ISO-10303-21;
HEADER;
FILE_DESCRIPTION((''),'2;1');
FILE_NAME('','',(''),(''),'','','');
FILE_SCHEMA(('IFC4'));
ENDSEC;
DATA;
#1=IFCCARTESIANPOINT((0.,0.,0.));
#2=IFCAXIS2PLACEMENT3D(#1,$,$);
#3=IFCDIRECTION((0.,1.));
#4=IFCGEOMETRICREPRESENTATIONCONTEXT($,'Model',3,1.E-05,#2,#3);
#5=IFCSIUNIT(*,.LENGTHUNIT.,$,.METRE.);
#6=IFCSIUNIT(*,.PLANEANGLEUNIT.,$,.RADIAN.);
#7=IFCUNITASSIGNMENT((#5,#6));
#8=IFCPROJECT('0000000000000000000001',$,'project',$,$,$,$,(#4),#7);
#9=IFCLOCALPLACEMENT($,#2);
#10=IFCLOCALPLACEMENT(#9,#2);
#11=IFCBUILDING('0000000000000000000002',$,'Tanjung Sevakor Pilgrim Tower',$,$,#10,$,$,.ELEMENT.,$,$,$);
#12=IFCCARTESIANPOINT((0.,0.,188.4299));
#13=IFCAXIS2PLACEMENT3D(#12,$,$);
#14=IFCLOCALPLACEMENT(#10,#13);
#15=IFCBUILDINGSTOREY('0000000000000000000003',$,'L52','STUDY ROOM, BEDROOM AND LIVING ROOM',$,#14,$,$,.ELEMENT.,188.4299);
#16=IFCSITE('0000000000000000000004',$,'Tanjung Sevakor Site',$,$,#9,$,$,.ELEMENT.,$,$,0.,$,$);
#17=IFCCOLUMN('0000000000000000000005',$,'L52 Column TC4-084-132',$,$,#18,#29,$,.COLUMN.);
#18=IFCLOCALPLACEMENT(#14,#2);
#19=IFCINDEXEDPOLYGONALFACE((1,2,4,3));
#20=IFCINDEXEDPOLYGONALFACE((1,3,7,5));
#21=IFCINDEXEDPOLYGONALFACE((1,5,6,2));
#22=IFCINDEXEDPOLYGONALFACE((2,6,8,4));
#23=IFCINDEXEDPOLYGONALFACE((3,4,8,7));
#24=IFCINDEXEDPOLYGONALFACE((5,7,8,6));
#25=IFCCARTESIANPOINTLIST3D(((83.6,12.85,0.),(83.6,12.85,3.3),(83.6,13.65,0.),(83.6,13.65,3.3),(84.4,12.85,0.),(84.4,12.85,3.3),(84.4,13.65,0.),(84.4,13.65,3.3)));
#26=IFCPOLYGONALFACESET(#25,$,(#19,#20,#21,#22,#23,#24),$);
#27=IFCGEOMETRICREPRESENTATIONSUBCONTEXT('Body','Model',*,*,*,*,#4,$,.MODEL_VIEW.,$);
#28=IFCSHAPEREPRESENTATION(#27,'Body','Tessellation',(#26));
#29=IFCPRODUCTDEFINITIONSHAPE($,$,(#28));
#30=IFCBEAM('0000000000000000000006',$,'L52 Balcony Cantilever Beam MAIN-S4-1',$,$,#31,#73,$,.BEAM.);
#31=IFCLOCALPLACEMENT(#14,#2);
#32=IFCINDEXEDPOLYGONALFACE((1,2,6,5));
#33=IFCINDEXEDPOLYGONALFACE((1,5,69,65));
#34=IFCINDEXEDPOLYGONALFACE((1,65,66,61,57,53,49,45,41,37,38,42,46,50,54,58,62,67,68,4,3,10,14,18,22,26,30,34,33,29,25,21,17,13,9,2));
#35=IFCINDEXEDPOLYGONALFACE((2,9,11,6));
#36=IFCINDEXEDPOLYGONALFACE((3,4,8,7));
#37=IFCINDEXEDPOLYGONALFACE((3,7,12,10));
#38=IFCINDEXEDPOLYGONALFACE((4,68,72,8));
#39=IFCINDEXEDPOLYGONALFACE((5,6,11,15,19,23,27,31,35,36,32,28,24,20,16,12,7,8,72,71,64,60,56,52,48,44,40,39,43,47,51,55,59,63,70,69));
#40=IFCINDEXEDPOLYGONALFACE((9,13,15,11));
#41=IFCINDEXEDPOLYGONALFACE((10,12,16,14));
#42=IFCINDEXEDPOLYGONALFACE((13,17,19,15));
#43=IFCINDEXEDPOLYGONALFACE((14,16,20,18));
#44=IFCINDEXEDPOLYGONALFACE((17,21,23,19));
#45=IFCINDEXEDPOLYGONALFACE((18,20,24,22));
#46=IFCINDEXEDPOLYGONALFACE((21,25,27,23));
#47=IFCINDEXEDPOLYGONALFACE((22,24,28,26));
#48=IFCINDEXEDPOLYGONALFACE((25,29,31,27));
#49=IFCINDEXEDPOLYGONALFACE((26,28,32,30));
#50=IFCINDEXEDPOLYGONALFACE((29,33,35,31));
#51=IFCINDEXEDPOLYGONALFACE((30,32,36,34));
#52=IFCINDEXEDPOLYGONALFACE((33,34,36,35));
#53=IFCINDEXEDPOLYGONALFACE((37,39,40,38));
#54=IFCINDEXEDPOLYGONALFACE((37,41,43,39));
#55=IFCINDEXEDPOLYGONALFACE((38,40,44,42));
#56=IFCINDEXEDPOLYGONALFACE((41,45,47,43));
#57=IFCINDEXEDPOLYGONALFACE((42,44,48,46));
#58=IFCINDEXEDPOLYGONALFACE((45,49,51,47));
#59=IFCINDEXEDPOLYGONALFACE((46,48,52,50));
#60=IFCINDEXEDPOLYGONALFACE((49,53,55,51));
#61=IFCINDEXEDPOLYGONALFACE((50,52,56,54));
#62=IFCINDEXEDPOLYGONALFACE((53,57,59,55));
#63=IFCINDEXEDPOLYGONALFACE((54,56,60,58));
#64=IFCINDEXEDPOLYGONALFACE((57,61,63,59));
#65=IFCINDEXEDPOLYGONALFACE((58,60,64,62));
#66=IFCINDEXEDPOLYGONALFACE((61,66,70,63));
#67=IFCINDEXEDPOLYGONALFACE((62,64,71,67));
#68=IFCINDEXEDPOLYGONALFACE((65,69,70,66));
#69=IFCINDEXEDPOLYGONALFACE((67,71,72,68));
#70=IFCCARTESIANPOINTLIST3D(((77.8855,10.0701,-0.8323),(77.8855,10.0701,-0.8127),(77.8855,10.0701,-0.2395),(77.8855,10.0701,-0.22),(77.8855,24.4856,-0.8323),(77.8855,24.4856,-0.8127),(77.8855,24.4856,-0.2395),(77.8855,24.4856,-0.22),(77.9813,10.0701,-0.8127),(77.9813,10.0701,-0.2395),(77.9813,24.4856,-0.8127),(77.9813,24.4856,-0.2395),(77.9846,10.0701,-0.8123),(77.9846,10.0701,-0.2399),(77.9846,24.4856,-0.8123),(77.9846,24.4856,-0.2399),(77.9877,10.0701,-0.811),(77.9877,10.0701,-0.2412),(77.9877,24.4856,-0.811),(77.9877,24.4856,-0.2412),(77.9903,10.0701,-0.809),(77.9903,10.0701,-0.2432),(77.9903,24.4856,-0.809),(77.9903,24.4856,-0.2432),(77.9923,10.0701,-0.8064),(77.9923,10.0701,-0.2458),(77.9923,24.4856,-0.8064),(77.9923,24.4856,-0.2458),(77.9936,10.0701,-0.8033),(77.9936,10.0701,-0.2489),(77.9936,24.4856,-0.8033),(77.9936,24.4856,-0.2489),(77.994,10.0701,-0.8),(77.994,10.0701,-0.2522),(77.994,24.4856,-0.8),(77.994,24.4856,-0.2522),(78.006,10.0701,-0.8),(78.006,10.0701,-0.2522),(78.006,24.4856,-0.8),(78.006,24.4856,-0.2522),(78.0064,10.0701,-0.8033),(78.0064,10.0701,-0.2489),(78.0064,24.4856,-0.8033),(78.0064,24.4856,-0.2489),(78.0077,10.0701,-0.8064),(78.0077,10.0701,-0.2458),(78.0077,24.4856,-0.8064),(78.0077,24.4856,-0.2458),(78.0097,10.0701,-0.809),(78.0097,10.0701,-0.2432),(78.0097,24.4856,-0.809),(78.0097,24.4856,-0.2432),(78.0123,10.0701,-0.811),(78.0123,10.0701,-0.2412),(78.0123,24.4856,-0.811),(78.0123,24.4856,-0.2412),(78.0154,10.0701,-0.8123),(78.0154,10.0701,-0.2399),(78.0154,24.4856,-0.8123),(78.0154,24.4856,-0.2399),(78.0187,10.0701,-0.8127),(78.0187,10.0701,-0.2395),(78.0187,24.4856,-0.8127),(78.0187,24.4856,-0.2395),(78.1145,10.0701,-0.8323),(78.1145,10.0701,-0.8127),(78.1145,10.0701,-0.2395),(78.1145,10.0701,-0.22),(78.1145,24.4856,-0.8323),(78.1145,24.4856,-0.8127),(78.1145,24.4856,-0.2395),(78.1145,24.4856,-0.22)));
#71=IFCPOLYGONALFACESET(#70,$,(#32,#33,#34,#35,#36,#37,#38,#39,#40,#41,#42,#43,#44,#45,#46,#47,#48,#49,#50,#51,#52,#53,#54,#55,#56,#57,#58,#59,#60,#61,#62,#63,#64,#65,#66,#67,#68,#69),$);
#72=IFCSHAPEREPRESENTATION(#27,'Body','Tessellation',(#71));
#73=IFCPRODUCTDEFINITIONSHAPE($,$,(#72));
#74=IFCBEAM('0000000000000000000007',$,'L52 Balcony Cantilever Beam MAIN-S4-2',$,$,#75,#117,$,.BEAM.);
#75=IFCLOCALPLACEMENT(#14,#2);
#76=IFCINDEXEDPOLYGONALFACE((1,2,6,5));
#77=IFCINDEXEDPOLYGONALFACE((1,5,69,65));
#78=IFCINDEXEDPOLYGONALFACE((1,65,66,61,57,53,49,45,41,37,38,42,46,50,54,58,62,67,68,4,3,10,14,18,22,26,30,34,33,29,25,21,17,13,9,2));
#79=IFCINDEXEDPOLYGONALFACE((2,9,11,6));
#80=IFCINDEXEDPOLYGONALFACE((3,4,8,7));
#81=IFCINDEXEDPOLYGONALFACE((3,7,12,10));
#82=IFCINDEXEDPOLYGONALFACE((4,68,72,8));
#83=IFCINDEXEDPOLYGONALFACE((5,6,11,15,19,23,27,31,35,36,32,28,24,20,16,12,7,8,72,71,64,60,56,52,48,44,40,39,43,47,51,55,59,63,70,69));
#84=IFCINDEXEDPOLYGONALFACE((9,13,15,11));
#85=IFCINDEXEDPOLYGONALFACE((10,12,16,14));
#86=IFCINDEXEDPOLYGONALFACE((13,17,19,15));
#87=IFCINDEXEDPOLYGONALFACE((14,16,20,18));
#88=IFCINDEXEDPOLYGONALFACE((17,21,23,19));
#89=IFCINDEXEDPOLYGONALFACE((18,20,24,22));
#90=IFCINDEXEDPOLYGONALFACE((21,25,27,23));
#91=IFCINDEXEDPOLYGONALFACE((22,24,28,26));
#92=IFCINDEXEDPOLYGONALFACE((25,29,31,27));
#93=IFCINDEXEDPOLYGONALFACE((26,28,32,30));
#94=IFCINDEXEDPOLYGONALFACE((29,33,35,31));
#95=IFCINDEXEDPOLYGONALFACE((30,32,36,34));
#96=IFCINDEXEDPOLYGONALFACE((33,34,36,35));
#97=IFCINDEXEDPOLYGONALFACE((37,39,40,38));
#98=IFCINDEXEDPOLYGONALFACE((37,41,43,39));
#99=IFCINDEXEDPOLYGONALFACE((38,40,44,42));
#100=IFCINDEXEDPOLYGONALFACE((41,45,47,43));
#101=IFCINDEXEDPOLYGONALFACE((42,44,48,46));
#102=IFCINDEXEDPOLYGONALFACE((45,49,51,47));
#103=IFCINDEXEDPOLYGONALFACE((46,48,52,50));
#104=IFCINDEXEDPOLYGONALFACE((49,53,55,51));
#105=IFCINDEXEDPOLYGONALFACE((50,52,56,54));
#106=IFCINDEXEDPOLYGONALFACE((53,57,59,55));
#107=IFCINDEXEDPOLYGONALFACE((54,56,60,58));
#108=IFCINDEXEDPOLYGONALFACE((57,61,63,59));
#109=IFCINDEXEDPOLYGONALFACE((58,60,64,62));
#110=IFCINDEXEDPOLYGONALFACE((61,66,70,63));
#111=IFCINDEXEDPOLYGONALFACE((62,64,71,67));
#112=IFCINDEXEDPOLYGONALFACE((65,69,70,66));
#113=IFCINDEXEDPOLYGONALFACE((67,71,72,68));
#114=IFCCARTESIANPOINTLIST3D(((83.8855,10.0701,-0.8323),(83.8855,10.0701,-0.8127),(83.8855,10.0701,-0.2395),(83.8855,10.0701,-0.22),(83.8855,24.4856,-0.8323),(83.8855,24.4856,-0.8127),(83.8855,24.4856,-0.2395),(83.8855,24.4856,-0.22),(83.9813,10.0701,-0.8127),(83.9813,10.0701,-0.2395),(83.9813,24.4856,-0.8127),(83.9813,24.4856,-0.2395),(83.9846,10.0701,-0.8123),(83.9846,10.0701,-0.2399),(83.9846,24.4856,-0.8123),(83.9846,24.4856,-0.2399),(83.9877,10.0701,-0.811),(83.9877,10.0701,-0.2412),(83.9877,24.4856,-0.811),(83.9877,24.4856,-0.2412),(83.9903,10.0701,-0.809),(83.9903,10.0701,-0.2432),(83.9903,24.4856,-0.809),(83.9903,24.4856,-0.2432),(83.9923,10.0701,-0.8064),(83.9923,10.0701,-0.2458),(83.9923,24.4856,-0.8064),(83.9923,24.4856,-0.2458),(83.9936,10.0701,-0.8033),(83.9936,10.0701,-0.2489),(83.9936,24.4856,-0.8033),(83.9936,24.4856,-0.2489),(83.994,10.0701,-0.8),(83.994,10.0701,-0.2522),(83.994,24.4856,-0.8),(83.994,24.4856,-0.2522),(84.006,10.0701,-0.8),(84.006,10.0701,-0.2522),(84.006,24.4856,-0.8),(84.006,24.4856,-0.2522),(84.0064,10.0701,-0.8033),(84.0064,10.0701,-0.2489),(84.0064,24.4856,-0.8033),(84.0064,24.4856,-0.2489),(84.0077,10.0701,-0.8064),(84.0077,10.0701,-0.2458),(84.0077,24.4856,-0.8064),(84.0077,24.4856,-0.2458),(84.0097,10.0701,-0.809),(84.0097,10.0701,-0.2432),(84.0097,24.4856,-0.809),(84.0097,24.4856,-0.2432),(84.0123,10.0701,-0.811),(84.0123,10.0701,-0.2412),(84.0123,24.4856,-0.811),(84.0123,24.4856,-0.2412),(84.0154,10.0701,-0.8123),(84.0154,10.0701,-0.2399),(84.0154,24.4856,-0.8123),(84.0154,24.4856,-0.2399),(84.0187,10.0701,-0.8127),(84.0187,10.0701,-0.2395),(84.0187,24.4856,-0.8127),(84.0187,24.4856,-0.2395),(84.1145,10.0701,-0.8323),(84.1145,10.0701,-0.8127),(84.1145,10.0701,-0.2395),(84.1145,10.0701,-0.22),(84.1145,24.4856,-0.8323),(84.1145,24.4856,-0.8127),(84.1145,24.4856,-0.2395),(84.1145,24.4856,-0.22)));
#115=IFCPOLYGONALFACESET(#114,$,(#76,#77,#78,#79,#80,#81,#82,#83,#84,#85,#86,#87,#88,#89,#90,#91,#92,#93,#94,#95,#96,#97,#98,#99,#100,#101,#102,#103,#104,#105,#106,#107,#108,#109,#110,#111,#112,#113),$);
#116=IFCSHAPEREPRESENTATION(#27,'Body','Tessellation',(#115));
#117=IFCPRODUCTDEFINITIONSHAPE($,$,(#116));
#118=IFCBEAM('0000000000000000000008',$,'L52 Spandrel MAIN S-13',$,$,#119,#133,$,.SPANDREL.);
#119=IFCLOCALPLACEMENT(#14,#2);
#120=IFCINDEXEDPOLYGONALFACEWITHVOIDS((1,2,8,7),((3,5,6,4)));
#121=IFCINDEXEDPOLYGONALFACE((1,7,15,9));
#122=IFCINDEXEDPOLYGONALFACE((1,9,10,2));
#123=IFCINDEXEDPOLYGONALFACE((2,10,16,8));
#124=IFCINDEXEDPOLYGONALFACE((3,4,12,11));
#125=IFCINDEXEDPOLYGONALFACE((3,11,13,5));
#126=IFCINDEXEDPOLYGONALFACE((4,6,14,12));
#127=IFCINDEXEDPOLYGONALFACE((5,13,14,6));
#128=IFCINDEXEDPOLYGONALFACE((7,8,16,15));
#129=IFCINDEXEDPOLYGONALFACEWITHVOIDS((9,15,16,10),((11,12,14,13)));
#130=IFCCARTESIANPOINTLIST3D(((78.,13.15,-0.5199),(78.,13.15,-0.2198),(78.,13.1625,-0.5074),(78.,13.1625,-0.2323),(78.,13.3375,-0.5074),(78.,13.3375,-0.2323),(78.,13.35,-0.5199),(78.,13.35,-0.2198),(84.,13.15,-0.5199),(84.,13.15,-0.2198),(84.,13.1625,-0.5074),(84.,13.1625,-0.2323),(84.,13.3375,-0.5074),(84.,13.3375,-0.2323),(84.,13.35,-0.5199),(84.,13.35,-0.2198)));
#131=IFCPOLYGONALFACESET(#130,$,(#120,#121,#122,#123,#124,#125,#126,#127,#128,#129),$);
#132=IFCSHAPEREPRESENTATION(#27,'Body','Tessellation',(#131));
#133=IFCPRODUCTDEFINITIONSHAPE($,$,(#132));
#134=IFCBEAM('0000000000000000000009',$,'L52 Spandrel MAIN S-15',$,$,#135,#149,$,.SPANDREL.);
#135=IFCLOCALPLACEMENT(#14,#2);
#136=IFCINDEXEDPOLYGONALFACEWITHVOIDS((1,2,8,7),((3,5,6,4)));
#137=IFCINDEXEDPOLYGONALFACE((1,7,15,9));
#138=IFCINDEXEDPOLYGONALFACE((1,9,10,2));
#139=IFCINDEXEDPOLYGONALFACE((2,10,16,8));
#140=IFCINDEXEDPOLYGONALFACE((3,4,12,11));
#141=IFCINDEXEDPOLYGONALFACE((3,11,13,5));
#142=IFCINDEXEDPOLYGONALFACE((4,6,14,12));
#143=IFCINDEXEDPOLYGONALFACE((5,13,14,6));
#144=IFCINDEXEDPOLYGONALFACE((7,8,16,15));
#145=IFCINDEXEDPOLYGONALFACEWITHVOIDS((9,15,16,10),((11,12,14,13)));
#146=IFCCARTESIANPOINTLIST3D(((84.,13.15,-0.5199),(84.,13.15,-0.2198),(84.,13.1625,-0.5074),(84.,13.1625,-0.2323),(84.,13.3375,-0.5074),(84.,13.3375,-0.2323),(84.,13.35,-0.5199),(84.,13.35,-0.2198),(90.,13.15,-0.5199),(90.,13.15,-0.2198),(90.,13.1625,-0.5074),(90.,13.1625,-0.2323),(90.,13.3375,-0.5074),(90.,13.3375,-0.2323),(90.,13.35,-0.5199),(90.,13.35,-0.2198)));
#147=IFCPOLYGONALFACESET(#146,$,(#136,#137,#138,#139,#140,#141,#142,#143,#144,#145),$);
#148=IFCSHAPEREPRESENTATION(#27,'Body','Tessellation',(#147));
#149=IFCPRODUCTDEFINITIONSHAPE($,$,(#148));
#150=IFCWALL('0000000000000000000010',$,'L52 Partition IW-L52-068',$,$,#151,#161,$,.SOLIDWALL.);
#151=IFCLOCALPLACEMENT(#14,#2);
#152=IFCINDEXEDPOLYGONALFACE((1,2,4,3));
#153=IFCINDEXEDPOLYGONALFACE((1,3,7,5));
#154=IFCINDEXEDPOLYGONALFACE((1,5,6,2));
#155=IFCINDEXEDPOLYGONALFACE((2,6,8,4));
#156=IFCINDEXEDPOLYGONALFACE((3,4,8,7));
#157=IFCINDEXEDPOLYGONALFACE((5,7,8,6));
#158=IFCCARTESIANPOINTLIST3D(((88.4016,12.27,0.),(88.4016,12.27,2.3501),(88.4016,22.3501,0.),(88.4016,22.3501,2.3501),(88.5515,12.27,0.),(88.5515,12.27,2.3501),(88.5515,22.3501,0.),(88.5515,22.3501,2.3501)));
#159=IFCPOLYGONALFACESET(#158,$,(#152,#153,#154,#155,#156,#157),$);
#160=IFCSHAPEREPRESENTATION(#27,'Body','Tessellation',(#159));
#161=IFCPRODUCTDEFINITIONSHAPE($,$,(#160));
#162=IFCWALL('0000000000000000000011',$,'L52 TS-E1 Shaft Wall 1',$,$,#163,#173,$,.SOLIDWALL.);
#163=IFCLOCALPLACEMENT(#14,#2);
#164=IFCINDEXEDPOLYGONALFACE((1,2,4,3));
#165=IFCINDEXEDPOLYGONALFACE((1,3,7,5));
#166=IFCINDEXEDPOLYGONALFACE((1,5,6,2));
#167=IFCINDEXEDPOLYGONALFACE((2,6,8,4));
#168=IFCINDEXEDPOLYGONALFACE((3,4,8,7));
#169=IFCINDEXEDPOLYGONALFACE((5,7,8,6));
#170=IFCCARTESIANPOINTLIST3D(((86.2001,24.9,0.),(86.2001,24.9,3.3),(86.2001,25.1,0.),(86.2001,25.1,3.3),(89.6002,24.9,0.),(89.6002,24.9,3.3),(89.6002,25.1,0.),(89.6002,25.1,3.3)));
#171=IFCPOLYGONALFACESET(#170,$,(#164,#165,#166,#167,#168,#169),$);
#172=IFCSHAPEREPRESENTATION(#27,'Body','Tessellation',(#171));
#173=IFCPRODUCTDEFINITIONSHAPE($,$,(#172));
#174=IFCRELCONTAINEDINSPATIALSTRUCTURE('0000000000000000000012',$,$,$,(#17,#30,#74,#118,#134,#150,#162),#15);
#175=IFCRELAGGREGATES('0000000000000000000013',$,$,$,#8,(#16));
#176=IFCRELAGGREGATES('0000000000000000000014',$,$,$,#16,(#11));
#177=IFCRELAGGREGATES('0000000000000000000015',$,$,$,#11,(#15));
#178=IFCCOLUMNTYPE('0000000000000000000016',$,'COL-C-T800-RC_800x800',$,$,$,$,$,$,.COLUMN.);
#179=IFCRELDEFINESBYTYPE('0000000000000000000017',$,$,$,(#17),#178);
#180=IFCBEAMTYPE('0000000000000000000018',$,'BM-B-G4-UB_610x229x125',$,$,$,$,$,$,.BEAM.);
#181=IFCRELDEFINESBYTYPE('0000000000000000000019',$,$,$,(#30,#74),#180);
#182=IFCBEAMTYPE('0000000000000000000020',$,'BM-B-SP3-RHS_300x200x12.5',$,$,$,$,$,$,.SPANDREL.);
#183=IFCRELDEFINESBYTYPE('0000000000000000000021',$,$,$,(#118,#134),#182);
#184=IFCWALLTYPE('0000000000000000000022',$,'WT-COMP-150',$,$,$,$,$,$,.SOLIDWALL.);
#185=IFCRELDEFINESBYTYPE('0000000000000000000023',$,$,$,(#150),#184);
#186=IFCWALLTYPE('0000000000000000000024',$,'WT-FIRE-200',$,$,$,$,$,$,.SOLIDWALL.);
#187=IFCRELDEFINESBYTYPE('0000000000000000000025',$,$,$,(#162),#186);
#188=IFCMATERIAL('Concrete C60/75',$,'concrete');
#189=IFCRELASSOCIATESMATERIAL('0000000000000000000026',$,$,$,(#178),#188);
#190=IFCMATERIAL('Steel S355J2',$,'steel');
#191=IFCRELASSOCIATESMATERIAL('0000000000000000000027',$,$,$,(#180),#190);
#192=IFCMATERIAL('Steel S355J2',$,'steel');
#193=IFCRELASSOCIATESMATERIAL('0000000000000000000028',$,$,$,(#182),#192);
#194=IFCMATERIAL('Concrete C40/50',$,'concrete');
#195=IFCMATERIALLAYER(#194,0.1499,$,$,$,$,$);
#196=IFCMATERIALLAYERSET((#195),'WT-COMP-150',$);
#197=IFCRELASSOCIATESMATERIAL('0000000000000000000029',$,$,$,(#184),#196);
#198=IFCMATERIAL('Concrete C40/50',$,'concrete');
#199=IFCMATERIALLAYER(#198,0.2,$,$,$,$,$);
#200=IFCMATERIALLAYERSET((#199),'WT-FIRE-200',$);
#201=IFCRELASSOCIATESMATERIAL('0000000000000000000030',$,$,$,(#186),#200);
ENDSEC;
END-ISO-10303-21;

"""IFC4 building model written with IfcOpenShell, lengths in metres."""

from ifc_helpers import new_model, si_unit, direction, frame, frame_2d, origin, origin_2d, place, context, subcontext, project, spatial, rectangle, hollow_rectangle, i_section, extrude, material, layer, layer_set, material_profile, profile_set, type_object, element, save


model = new_model("IFC4")

# Units and contexts
model_context = context("Model", 3, precision=1e-05, world=origin(), true_north=direction((0.0, 1.0)))
body_context = subcontext(model_context, "Body", "Model", "MODEL_VIEW")
ifc_project = project(units=[si_unit("LENGTHUNIT", "METRE"), si_unit("PLANEANGLEUNIT", "RADIAN")], contexts=[model_context])

# Site, building, storey
site_placement = place(None, origin())
site = spatial("IfcSite", under=ifc_project, at=site_placement, Name="Tanjung Sevakor Site", CompositionType="ELEMENT", RefElevation=0.0)
building_placement = place(site_placement, origin())
building = spatial("IfcBuilding", under=site, at=building_placement, Name="Tanjung Sevakor Pilgrim Tower", CompositionType="ELEMENT")
storey_placement = place(building_placement, frame((0.0, 0.0, 188.4299)))
storey = spatial("IfcBuildingStorey", under=building, at=storey_placement, Name="L52", Description="STUDY ROOM, BEDROOM AND LIVING ROOM", CompositionType="ELEMENT", Elevation=188.4299)

# Column
ifc_material_1 = material(Name="Concrete C60/75", Category="concrete")
ifc_material_profile_1 = material_profile(ifc_material_1, rectangle(XDim=0.8, YDim=0.8, at=origin_2d()))
ifc_profile_set_1 = profile_set([ifc_material_profile_1], Name="Concrete C60/75")
column_type = type_object("IfcColumnType", Name="COL-C-T800-RC_800x800", PredefinedType="COLUMN", material=ifc_profile_set_1)
column_placement = place(storey_placement, frame((84.0, 13.25, 0.0), z_axis=(0.0, 0.0, 1.0), x_axis=(1.0, 0.0, 0.0)))
element("IfcColumn", 1, at=column_placement, inside=storey, type_object=column_type, Name="L52 Column TC4-084-132", PredefinedType="COLUMN", context=body_context, shape_type="SweptSolid", body=[
    extrude(rectangle(XDim=0.8, YDim=0.8, at=origin_2d()), origin(), (0.0, 0.0, 1.0), 3.3),
])

# Beams
ifc_material_2 = material(Name="Steel S355J2", Category="steel")
ifc_material_profile_2 = material_profile(ifc_material_2, i_section(OverallWidth=0.229, OverallDepth=0.6123, WebThickness=0.012, FlangeThickness=0.0195, FilletRadius=0.0127, at=origin_2d()))
ifc_profile_set_2 = profile_set([ifc_material_profile_2], Name="Steel S355J2")
beam_type_1 = type_object("IfcBeamType", Name="BM-B-G4-UB_610x229x125", PredefinedType="BEAM", material=ifc_profile_set_2)
for number, where, z_axis, x_axis, name in (
    (2, (78.0, 24.4856, -0.5261), (0.0, -1.0, 0.0), (1.0, 0.0, 0.0), "L52 Balcony Cantilever Beam MAIN-S4-1"),
    (3, (84.0, 24.4856, -0.5261), (0.0, -1.0, 0.0), (1.0, 0.0, 0.0), "L52 Balcony Cantilever Beam MAIN-S4-2"),
):
    element("IfcBeam", number, at=place(storey_placement, frame(where, z_axis=z_axis, x_axis=x_axis)), inside=storey, type_object=beam_type_1, Name=name, PredefinedType="BEAM", context=body_context, shape_type="SweptSolid", body=[
        extrude(i_section(OverallWidth=0.229, OverallDepth=0.6123, WebThickness=0.012, FlangeThickness=0.0195, FilletRadius=0.0127, at=origin_2d()), origin(), (0.0, 0.0, 1.0), 14.4155),
    ])
ifc_material_3 = material(Name="Steel S355J2", Category="steel")
ifc_material_profile_3 = material_profile(ifc_material_3, hollow_rectangle(XDim=0.2, YDim=0.3, WallThickness=0.0125, at=origin_2d()))
ifc_profile_set_3 = profile_set([ifc_material_profile_3], Name="Steel S355J2")
beam_type_2 = type_object("IfcBeamType", Name="BM-B-SP3-RHS_300x200x12.5", PredefinedType="SPANDREL", material=ifc_profile_set_3)
for number, where, z_axis, x_axis, name in (
    (4, (78.0, 13.25, -0.3699), (1.0, 0.0, 0.0), (0.0, 1.0, 0.0), "L52 Spandrel MAIN S-13"),
    (5, (84.0, 13.25, -0.3699), (1.0, 0.0, 0.0), (0.0, 1.0, 0.0), "L52 Spandrel MAIN S-15"),
):
    element("IfcBeam", number, at=place(storey_placement, frame(where, z_axis=z_axis, x_axis=x_axis)), inside=storey, type_object=beam_type_2, Name=name, PredefinedType="SPANDREL", context=body_context, shape_type="SweptSolid", body=[
        extrude(hollow_rectangle(XDim=0.2, YDim=0.3, WallThickness=0.0125, at=origin_2d()), origin(), (0.0, 0.0, 1.0), 6.0),
    ])

# Walls
ifc_material_4 = material(Name="Concrete C40/50", Category="concrete")
ifc_layer_1 = layer(ifc_material_4, 0.1499)
ifc_layer_set_1 = layer_set([ifc_layer_1], Name="WT-COMP-150")
wall_type_1 = type_object("IfcWallType", Name="WT-COMP-150", PredefinedType="SOLIDWALL", material=ifc_layer_set_1)
wall_1_placement = place(storey_placement, frame((88.4766, 12.27, 0.0), z_axis=(0.0, 0.0, 1.0), x_axis=(0.0, 1.0, 0.0)))
element("IfcWall", 6, at=wall_1_placement, inside=storey, type_object=wall_type_1, Name="L52 Partition IW-L52-068", PredefinedType="SOLIDWALL", context=body_context, shape_type="SweptSolid", body=[
    extrude(rectangle(XDim=10.0801, YDim=0.1499, at=frame_2d((5.04, 0.0))), origin(), (0.0, 0.0, 1.0), 2.3501),
])
ifc_material_5 = material(Name="Concrete C40/50", Category="concrete")
ifc_layer_2 = layer(ifc_material_5, 0.2)
ifc_layer_set_2 = layer_set([ifc_layer_2], Name="WT-FIRE-200")
wall_type_2 = type_object("IfcWallType", Name="WT-FIRE-200", PredefinedType="SOLIDWALL", material=ifc_layer_set_2)
wall_2_placement = place(storey_placement, frame((86.2, 25.0, 0.0), z_axis=(0.0, 0.0, 1.0), x_axis=(1.0, 0.0, 0.0)))
element("IfcWall", 7, at=wall_2_placement, inside=storey, type_object=wall_type_2, Name="L52 TS-E1 Shaft Wall 1", PredefinedType="SOLIDWALL", context=body_context, shape_type="SweptSolid", body=[
    extrude(rectangle(XDim=3.4001, YDim=0.2, at=frame_2d((1.7002, 0.0))), origin(), (0.0, 0.0, 1.0), 3.3),
])

save(model, "model.ifc")
